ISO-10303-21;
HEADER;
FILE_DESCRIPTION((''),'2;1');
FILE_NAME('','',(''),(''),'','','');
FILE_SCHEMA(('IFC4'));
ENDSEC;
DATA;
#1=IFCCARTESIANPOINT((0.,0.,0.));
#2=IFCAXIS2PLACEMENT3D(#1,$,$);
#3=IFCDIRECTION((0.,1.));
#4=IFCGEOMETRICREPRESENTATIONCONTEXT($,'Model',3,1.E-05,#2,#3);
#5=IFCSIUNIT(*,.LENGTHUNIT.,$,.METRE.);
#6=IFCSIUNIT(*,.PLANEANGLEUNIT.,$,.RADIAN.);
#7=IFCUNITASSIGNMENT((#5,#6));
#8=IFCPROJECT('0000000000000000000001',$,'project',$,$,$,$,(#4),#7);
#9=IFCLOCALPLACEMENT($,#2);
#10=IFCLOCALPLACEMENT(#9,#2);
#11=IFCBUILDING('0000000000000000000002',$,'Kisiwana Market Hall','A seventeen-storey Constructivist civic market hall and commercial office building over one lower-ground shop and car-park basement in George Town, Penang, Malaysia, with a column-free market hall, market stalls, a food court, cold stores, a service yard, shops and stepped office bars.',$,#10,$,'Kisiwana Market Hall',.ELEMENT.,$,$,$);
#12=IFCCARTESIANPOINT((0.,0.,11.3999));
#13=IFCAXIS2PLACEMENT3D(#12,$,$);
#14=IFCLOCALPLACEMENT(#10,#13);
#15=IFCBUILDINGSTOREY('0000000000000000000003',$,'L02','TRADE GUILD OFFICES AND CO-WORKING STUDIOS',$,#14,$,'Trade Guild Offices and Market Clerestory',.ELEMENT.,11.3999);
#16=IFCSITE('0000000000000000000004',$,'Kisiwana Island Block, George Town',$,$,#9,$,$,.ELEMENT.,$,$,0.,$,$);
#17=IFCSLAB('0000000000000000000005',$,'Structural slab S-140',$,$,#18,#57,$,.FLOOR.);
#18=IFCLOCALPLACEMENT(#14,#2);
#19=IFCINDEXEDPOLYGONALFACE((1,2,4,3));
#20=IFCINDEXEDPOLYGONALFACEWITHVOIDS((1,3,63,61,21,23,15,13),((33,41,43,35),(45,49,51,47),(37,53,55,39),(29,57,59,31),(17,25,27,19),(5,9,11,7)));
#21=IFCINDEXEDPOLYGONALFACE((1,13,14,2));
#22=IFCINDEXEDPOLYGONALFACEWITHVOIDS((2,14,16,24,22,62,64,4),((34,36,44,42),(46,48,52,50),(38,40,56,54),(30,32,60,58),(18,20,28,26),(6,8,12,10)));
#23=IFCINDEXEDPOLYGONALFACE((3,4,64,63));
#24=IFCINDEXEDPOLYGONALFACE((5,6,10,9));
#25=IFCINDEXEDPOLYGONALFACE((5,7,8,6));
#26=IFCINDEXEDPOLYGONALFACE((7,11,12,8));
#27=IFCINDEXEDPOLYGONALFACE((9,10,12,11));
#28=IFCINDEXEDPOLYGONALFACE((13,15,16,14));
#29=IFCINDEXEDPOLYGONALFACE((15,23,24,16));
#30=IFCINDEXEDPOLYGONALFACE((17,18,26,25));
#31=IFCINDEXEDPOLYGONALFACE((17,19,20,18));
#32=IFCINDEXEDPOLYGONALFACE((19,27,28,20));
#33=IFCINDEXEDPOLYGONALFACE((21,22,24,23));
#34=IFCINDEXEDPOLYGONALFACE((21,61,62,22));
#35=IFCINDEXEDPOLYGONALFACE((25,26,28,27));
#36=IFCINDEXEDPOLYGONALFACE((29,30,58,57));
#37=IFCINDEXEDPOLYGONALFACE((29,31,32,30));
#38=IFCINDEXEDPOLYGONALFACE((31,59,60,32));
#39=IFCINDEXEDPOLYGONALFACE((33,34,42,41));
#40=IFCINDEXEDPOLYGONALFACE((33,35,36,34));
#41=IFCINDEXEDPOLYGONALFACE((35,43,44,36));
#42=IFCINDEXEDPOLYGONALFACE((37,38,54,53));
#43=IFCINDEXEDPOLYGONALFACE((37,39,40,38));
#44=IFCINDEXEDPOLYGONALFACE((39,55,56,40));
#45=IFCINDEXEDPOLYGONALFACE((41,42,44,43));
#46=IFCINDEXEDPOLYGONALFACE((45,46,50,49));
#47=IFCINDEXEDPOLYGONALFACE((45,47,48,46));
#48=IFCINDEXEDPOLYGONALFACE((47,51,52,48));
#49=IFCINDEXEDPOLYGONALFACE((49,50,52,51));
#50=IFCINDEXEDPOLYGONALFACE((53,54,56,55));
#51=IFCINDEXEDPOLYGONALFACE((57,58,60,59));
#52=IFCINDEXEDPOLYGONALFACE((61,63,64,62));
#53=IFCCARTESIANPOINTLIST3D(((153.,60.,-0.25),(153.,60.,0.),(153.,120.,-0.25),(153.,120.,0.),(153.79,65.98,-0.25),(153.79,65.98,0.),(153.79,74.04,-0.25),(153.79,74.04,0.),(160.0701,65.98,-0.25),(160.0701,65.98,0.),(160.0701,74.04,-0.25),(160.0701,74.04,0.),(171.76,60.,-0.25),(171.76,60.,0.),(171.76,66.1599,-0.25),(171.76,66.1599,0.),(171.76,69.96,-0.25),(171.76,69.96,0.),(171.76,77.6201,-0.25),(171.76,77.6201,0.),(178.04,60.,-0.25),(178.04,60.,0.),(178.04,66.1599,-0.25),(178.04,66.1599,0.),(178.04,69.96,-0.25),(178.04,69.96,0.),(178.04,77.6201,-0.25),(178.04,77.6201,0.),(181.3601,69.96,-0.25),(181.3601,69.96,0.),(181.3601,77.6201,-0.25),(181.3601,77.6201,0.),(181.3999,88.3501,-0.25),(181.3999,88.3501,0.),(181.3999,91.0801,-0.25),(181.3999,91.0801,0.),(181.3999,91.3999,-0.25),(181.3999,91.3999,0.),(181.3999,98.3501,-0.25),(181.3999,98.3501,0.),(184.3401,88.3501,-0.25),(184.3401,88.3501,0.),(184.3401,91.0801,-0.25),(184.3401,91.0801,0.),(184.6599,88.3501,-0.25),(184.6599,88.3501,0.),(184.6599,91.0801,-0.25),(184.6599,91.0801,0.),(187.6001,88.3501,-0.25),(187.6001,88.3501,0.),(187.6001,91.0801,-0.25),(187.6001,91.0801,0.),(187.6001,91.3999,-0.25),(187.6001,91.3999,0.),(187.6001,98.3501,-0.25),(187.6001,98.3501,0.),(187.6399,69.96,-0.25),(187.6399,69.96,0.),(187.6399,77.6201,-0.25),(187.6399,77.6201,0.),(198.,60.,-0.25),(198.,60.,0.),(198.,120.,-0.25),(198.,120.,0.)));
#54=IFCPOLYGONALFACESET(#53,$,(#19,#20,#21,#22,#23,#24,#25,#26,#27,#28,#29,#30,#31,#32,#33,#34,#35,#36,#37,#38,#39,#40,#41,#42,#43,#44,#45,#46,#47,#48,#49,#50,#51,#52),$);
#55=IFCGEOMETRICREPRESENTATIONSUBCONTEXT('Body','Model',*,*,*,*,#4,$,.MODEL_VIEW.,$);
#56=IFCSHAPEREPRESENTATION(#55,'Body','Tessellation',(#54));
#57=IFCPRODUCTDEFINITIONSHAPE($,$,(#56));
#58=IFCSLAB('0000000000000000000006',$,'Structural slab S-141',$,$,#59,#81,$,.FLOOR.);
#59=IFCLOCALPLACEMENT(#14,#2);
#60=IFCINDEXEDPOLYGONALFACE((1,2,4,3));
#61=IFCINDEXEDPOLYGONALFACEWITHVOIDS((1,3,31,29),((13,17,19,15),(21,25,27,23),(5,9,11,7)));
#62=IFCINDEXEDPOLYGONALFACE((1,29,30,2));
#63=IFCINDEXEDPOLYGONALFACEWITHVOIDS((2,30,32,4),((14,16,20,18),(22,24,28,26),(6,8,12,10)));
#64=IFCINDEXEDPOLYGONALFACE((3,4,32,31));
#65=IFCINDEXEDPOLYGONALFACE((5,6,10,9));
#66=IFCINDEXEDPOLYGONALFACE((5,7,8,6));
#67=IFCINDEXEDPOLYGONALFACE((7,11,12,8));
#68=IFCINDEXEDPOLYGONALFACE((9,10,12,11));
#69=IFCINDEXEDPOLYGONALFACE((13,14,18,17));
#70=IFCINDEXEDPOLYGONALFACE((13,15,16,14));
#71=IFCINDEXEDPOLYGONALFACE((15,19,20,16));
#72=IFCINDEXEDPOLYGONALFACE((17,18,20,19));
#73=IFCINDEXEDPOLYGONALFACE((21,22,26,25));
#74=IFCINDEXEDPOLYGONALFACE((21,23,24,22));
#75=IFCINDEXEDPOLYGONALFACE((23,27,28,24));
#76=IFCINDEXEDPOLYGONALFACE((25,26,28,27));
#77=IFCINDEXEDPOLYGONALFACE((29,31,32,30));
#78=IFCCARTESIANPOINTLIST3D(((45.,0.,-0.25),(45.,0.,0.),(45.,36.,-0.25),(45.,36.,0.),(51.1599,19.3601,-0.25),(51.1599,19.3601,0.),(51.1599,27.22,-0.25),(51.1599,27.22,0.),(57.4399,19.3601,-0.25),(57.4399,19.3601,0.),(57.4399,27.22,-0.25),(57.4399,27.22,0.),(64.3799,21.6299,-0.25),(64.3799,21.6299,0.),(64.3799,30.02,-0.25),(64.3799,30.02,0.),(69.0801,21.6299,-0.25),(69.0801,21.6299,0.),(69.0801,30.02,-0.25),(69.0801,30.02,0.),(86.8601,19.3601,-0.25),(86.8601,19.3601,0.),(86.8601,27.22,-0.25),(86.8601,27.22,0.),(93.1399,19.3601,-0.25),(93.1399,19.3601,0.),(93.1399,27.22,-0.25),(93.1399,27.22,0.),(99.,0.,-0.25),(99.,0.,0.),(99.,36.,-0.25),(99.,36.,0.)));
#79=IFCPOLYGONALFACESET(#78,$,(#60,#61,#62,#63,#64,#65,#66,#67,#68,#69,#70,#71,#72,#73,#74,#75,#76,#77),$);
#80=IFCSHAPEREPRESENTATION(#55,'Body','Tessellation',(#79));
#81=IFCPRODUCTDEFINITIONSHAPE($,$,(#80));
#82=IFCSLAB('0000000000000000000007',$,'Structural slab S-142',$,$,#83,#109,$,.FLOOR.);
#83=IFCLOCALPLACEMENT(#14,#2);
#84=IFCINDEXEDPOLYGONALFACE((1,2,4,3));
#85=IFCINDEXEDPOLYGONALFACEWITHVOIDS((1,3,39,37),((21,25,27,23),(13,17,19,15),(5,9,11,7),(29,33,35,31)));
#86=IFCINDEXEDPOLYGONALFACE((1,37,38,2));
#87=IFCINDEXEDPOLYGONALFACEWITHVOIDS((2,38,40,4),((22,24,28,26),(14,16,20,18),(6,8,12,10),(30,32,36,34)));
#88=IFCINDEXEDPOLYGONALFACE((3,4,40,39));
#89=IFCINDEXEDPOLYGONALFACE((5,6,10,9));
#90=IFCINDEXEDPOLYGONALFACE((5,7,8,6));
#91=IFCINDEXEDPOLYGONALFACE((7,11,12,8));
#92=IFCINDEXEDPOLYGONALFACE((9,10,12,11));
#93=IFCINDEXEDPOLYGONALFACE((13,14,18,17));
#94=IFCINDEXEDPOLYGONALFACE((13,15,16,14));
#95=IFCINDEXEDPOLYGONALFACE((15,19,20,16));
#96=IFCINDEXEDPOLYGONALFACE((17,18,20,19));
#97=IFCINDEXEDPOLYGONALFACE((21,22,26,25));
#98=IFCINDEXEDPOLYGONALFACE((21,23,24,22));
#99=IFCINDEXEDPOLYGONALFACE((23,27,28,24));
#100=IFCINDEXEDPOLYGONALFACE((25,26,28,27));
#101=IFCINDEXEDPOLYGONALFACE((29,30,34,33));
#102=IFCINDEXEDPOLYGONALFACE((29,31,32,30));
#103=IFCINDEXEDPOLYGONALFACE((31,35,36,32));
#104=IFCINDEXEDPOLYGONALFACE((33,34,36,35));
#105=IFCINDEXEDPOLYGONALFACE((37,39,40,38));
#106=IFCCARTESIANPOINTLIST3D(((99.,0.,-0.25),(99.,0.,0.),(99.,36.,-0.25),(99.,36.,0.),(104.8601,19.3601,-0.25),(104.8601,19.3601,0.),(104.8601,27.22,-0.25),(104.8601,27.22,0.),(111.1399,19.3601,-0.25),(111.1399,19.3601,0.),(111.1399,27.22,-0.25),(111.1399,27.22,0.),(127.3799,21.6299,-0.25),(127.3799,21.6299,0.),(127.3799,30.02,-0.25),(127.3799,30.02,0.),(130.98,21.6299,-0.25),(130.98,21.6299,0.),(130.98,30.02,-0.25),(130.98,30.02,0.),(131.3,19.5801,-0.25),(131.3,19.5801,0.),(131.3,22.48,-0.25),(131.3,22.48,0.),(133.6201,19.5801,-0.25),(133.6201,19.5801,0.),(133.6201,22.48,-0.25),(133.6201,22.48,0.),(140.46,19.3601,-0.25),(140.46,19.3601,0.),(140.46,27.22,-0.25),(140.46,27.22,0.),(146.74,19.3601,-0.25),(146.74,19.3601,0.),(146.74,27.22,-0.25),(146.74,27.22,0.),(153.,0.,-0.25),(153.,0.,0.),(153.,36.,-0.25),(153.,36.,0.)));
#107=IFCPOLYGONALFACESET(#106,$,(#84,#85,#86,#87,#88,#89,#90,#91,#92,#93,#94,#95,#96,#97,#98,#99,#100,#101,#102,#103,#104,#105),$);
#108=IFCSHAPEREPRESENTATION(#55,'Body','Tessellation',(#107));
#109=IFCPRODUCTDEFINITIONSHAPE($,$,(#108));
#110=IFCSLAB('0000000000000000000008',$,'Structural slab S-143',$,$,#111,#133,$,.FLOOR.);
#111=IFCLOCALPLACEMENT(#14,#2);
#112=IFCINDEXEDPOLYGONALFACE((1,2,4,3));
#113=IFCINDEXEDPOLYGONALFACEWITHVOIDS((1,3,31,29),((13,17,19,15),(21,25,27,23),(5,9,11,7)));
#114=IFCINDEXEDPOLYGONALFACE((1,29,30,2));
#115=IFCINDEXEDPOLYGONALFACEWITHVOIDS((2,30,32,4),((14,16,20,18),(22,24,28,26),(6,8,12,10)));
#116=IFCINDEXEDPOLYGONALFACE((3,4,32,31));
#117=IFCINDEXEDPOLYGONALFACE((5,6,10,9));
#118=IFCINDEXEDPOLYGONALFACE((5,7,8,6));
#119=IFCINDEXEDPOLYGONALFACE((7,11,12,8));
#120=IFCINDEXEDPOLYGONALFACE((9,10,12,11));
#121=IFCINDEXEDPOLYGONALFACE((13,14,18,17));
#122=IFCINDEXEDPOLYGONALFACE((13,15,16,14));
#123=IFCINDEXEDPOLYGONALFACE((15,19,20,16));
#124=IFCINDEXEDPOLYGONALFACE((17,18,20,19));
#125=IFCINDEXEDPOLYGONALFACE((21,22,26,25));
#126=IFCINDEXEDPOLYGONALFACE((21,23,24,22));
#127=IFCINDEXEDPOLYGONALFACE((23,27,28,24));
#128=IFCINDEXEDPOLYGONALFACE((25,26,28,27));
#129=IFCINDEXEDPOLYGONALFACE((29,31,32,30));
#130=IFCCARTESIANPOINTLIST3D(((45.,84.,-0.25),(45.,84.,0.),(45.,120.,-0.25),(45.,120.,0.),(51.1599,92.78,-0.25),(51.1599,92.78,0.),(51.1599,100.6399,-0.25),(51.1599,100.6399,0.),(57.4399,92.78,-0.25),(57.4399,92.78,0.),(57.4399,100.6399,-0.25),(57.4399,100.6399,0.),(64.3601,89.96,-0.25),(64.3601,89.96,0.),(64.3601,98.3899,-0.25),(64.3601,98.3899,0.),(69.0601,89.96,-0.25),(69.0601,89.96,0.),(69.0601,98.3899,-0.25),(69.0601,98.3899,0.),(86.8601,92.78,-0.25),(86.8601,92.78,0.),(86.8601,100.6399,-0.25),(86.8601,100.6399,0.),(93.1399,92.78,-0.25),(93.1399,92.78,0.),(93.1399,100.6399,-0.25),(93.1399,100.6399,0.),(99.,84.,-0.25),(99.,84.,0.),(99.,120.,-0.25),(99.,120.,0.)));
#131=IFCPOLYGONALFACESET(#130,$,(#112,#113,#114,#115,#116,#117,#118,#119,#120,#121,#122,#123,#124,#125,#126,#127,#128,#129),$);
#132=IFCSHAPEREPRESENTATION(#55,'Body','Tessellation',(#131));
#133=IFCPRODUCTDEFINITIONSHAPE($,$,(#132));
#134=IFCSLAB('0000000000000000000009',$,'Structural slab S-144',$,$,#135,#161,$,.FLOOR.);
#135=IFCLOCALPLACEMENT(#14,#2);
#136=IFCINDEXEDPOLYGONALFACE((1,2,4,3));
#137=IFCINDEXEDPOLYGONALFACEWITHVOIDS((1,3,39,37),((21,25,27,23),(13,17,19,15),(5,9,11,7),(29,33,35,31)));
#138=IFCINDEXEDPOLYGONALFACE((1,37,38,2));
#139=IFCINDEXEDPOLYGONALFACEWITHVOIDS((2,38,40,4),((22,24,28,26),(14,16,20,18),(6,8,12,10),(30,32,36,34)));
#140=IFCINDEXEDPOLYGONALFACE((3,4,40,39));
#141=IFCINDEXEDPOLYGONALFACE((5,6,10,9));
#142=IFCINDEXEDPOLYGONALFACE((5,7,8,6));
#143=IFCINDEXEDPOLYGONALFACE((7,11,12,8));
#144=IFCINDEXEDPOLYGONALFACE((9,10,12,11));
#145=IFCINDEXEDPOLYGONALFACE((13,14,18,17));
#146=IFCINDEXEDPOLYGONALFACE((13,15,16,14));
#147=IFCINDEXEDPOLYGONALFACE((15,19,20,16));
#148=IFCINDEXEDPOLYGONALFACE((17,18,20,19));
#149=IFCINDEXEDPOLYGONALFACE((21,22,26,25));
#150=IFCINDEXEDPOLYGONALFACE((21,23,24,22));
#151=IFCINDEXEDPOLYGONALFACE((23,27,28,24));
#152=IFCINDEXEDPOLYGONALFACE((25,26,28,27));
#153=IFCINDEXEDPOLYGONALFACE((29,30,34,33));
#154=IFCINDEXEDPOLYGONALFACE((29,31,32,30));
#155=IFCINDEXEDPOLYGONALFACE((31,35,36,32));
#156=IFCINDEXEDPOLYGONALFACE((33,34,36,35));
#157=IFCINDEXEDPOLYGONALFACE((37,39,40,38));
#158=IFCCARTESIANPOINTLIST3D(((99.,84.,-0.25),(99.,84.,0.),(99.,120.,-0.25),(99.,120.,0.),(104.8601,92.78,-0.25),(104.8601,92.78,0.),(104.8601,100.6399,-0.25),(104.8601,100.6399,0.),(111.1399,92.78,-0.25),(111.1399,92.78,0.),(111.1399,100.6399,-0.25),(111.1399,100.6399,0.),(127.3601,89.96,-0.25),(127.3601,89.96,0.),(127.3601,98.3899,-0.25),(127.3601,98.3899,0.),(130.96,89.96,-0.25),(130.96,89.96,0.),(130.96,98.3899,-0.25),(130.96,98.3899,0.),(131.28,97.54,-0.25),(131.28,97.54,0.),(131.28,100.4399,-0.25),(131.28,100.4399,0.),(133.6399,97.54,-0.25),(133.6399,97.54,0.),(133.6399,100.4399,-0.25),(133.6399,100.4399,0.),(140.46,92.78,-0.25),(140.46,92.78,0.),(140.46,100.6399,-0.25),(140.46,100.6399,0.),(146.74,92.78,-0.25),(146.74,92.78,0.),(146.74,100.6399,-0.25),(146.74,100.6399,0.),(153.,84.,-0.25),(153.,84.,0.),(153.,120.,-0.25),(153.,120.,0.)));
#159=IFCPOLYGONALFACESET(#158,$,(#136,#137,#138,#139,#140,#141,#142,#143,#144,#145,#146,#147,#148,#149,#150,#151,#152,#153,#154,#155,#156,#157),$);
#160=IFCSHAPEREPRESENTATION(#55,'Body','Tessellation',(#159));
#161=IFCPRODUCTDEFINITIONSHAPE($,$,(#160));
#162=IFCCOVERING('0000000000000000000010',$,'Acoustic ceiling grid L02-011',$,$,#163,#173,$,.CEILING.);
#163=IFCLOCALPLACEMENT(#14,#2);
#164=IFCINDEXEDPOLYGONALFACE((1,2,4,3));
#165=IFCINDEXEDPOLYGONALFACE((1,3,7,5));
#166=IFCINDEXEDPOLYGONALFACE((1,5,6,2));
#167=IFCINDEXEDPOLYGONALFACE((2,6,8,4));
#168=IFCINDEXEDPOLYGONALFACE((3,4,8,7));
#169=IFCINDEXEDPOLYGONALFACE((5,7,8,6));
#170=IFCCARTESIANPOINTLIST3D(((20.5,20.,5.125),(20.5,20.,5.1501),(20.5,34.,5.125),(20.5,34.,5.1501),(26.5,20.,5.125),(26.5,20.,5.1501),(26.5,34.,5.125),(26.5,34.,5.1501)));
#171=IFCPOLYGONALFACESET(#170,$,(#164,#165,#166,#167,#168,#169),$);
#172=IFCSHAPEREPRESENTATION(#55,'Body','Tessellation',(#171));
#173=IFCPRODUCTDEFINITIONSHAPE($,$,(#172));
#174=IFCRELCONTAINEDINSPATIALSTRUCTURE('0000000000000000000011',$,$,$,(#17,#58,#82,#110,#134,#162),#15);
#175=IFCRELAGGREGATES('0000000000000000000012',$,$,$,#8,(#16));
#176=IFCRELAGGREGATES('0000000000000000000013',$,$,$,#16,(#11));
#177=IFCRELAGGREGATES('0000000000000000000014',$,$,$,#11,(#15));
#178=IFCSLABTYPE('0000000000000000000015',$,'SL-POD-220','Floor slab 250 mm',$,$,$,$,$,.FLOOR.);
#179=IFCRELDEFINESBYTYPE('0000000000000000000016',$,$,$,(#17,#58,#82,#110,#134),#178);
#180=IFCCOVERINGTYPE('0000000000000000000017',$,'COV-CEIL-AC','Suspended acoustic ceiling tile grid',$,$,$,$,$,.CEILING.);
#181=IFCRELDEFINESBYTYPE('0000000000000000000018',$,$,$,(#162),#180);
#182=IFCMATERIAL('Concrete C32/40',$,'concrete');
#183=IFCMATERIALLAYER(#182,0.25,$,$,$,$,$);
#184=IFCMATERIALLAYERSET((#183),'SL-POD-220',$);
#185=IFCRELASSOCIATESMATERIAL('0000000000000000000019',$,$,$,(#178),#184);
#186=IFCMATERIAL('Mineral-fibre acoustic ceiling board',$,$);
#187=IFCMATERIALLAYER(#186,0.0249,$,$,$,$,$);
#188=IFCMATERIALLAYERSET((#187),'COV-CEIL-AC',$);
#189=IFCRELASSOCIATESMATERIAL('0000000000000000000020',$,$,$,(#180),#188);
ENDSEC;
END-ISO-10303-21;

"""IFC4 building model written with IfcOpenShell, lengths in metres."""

from ifc_helpers import new_model, si_unit, direction, frame, origin, place, context, subcontext, project, spatial, polyline, outline, extrude, material, layer, layer_set, type_object, element, save


model = new_model("IFC4")

# Units and contexts
model_context = context("Model", 3, precision=1e-05, world=origin(), true_north=direction((0.0, 1.0)))
body_context = subcontext(model_context, "Body", "Model", "MODEL_VIEW")
ifc_project = project(units=[si_unit("LENGTHUNIT", "METRE"), si_unit("PLANEANGLEUNIT", "RADIAN")], contexts=[model_context])

# Site, building, storey
site_placement = place(None, origin())
site = spatial("IfcSite", under=ifc_project, at=site_placement, Name="Kisiwana Island Block, George Town", CompositionType="ELEMENT", RefElevation=0.0)
building_placement = place(site_placement, origin())
building = spatial("IfcBuilding", under=site, at=building_placement, Name="Kisiwana Market Hall", Description="A seventeen-storey Constructivist civic market hall and commercial office building over one lower-ground shop and car-park basement in George Town, Penang, Malaysia, with a column-free market hall, market stalls, a food court, cold stores, a service yard, shops and stepped office bars.", LongName="Kisiwana Market Hall", CompositionType="ELEMENT")
storey_placement = place(building_placement, frame((0.0, 0.0, 11.3999)))
storey = spatial("IfcBuildingStorey", under=building, at=storey_placement, Name="L02", Description="TRADE GUILD OFFICES AND CO-WORKING STUDIOS", LongName="Trade Guild Offices and Market Clerestory", CompositionType="ELEMENT", Elevation=11.3999)

# Slabs
ifc_material_1 = material(Name="Concrete C32/40", Category="concrete")
ifc_layer_1 = layer(ifc_material_1, 0.25)
ifc_layer_set_1 = layer_set([ifc_layer_1], Name="SL-POD-220")
slab_type_1 = type_object("IfcSlabType", Name="SL-POD-220", Description="Floor slab 250 mm", PredefinedType="FLOOR", material=ifc_layer_set_1)
slab_1_placement = place(storey_placement, frame((0.0, 0.0, -0.25)))
element("IfcSlab", 1, at=slab_1_placement, inside=storey, type_object=slab_type_1, Name="Structural slab S-140", PredefinedType="FLOOR", context=body_context, shape_type="SweptSolid", body=[
    extrude(outline(polyline([(153.0, 60.0), (171.76, 60.0), (171.76, 66.1599), (178.04, 66.1599), (178.04, 60.0), (198.0, 60.0), (198.0, 120.0), (153.0, 120.0), (153.0, 60.0)]), holes=[polyline([(181.3999, 91.3999), (187.6001, 91.3999), (187.6001, 98.3501), (181.3999, 98.3501), (181.3999, 91.3999)]), polyline([(181.3999, 88.3501), (184.3401, 88.3501), (184.3401, 91.0801), (181.3999, 91.0801), (181.3999, 88.3501)]), polyline([(184.6599, 88.3501), (187.6001, 88.3501), (187.6001, 91.0801), (184.6599, 91.0801), (184.6599, 88.3501)]), polyline([(181.3601, 69.96), (187.6399, 69.96), (187.6399, 77.6201), (181.3601, 77.6201), (181.3601, 69.96)]), polyline([(171.76, 69.96), (178.04, 69.96), (178.04, 77.6201), (171.76, 77.6201), (171.76, 69.96)]), polyline([(153.79, 65.98), (160.0701, 65.98), (160.0701, 74.04), (153.79, 74.04), (153.79, 65.98)])]), origin(), (0.0, 0.0, 1.0), 0.25),
])
slab_2_placement = place(storey_placement, frame((0.0, 0.0, -0.25)))
element("IfcSlab", 2, at=slab_2_placement, inside=storey, type_object=slab_type_1, Name="Structural slab S-141", PredefinedType="FLOOR", context=body_context, shape_type="SweptSolid", body=[
    extrude(outline(polyline([(45.0, 0.0), (99.0, 0.0), (99.0, 36.0), (45.0, 36.0), (45.0, 0.0)]), holes=[polyline([(64.3799, 21.6299), (69.0801, 21.6299), (69.0801, 30.02), (64.3799, 30.02), (64.3799, 21.6299)]), polyline([(51.1599, 19.3601), (57.4399, 19.3601), (57.4399, 27.22), (51.1599, 27.22), (51.1599, 19.3601)]), polyline([(86.8601, 19.3601), (93.1399, 19.3601), (93.1399, 27.22), (86.8601, 27.22), (86.8601, 19.3601)])]), origin(), (0.0, 0.0, 1.0), 0.25),
])
slab_3_placement = place(storey_placement, frame((0.0, 0.0, -0.25)))
element("IfcSlab", 3, at=slab_3_placement, inside=storey, type_object=slab_type_1, Name="Structural slab S-142", PredefinedType="FLOOR", context=body_context, shape_type="SweptSolid", body=[
    extrude(outline(polyline([(99.0, 0.0), (153.0, 0.0), (153.0, 36.0), (99.0, 36.0), (99.0, 0.0)]), holes=[polyline([(127.3799, 21.6299), (130.98, 21.6299), (130.98, 30.02), (127.3799, 30.02), (127.3799, 21.6299)]), polyline([(131.3, 19.5801), (133.6201, 19.5801), (133.6201, 22.48), (131.3, 22.48), (131.3, 19.5801)]), polyline([(104.8601, 19.3601), (111.1399, 19.3601), (111.1399, 27.22), (104.8601, 27.22), (104.8601, 19.3601)]), polyline([(140.46, 19.3601), (146.74, 19.3601), (146.74, 27.22), (140.46, 27.22), (140.46, 19.3601)])]), origin(), (0.0, 0.0, 1.0), 0.25),
])
slab_4_placement = place(storey_placement, frame((0.0, 0.0, -0.25)))
element("IfcSlab", 4, at=slab_4_placement, inside=storey, type_object=slab_type_1, Name="Structural slab S-143", PredefinedType="FLOOR", context=body_context, shape_type="SweptSolid", body=[
    extrude(outline(polyline([(45.0, 84.0), (99.0, 84.0), (99.0, 120.0), (45.0, 120.0), (45.0, 84.0)]), holes=[polyline([(64.3601, 89.96), (69.0601, 89.96), (69.0601, 98.3899), (64.3601, 98.3899), (64.3601, 89.96)]), polyline([(51.1599, 92.78), (57.4399, 92.78), (57.4399, 100.6399), (51.1599, 100.6399), (51.1599, 92.78)]), polyline([(86.8601, 92.78), (93.1399, 92.78), (93.1399, 100.6399), (86.8601, 100.6399), (86.8601, 92.78)])]), origin(), (0.0, 0.0, 1.0), 0.25),
])
slab_5_placement = place(storey_placement, frame((0.0, 0.0, -0.25)))
element("IfcSlab", 5, at=slab_5_placement, inside=storey, type_object=slab_type_1, Name="Structural slab S-144", PredefinedType="FLOOR", context=body_context, shape_type="SweptSolid", body=[
    extrude(outline(polyline([(99.0, 84.0), (153.0, 84.0), (153.0, 120.0), (99.0, 120.0), (99.0, 84.0)]), holes=[polyline([(127.3601, 89.96), (130.96, 89.96), (130.96, 98.3899), (127.3601, 98.3899), (127.3601, 89.96)]), polyline([(131.28, 97.54), (133.6399, 97.54), (133.6399, 100.4399), (131.28, 100.4399), (131.28, 97.54)]), polyline([(104.8601, 92.78), (111.1399, 92.78), (111.1399, 100.6399), (104.8601, 100.6399), (104.8601, 92.78)]), polyline([(140.46, 92.78), (146.74, 92.78), (146.74, 100.6399), (140.46, 100.6399), (140.46, 92.78)])]), origin(), (0.0, 0.0, 1.0), 0.25),
])

# Covering
ifc_material_2 = material(Name="Mineral-fibre acoustic ceiling board")
ifc_layer_2 = layer(ifc_material_2, 0.0249)
ifc_layer_set_2 = layer_set([ifc_layer_2], Name="COV-CEIL-AC")
covering_type = type_object("IfcCoveringType", Name="COV-CEIL-AC", Description="Suspended acoustic ceiling tile grid", PredefinedType="CEILING", material=ifc_layer_set_2)
covering_placement = place(storey_placement, frame((0.0, 0.0, 5.125)))
element("IfcCovering", 6, at=covering_placement, inside=storey, type_object=covering_type, Name="Acoustic ceiling grid L02-011", PredefinedType="CEILING", context=body_context, shape_type="SweptSolid", body=[
    extrude(outline(polyline([(20.5, 20.0), (26.5, 20.0), (26.5, 34.0), (20.5, 34.0), (20.5, 20.0)])), origin(), (0.0, 0.0, 1.0), 0.0251),
])

save(model, "model.ifc")
